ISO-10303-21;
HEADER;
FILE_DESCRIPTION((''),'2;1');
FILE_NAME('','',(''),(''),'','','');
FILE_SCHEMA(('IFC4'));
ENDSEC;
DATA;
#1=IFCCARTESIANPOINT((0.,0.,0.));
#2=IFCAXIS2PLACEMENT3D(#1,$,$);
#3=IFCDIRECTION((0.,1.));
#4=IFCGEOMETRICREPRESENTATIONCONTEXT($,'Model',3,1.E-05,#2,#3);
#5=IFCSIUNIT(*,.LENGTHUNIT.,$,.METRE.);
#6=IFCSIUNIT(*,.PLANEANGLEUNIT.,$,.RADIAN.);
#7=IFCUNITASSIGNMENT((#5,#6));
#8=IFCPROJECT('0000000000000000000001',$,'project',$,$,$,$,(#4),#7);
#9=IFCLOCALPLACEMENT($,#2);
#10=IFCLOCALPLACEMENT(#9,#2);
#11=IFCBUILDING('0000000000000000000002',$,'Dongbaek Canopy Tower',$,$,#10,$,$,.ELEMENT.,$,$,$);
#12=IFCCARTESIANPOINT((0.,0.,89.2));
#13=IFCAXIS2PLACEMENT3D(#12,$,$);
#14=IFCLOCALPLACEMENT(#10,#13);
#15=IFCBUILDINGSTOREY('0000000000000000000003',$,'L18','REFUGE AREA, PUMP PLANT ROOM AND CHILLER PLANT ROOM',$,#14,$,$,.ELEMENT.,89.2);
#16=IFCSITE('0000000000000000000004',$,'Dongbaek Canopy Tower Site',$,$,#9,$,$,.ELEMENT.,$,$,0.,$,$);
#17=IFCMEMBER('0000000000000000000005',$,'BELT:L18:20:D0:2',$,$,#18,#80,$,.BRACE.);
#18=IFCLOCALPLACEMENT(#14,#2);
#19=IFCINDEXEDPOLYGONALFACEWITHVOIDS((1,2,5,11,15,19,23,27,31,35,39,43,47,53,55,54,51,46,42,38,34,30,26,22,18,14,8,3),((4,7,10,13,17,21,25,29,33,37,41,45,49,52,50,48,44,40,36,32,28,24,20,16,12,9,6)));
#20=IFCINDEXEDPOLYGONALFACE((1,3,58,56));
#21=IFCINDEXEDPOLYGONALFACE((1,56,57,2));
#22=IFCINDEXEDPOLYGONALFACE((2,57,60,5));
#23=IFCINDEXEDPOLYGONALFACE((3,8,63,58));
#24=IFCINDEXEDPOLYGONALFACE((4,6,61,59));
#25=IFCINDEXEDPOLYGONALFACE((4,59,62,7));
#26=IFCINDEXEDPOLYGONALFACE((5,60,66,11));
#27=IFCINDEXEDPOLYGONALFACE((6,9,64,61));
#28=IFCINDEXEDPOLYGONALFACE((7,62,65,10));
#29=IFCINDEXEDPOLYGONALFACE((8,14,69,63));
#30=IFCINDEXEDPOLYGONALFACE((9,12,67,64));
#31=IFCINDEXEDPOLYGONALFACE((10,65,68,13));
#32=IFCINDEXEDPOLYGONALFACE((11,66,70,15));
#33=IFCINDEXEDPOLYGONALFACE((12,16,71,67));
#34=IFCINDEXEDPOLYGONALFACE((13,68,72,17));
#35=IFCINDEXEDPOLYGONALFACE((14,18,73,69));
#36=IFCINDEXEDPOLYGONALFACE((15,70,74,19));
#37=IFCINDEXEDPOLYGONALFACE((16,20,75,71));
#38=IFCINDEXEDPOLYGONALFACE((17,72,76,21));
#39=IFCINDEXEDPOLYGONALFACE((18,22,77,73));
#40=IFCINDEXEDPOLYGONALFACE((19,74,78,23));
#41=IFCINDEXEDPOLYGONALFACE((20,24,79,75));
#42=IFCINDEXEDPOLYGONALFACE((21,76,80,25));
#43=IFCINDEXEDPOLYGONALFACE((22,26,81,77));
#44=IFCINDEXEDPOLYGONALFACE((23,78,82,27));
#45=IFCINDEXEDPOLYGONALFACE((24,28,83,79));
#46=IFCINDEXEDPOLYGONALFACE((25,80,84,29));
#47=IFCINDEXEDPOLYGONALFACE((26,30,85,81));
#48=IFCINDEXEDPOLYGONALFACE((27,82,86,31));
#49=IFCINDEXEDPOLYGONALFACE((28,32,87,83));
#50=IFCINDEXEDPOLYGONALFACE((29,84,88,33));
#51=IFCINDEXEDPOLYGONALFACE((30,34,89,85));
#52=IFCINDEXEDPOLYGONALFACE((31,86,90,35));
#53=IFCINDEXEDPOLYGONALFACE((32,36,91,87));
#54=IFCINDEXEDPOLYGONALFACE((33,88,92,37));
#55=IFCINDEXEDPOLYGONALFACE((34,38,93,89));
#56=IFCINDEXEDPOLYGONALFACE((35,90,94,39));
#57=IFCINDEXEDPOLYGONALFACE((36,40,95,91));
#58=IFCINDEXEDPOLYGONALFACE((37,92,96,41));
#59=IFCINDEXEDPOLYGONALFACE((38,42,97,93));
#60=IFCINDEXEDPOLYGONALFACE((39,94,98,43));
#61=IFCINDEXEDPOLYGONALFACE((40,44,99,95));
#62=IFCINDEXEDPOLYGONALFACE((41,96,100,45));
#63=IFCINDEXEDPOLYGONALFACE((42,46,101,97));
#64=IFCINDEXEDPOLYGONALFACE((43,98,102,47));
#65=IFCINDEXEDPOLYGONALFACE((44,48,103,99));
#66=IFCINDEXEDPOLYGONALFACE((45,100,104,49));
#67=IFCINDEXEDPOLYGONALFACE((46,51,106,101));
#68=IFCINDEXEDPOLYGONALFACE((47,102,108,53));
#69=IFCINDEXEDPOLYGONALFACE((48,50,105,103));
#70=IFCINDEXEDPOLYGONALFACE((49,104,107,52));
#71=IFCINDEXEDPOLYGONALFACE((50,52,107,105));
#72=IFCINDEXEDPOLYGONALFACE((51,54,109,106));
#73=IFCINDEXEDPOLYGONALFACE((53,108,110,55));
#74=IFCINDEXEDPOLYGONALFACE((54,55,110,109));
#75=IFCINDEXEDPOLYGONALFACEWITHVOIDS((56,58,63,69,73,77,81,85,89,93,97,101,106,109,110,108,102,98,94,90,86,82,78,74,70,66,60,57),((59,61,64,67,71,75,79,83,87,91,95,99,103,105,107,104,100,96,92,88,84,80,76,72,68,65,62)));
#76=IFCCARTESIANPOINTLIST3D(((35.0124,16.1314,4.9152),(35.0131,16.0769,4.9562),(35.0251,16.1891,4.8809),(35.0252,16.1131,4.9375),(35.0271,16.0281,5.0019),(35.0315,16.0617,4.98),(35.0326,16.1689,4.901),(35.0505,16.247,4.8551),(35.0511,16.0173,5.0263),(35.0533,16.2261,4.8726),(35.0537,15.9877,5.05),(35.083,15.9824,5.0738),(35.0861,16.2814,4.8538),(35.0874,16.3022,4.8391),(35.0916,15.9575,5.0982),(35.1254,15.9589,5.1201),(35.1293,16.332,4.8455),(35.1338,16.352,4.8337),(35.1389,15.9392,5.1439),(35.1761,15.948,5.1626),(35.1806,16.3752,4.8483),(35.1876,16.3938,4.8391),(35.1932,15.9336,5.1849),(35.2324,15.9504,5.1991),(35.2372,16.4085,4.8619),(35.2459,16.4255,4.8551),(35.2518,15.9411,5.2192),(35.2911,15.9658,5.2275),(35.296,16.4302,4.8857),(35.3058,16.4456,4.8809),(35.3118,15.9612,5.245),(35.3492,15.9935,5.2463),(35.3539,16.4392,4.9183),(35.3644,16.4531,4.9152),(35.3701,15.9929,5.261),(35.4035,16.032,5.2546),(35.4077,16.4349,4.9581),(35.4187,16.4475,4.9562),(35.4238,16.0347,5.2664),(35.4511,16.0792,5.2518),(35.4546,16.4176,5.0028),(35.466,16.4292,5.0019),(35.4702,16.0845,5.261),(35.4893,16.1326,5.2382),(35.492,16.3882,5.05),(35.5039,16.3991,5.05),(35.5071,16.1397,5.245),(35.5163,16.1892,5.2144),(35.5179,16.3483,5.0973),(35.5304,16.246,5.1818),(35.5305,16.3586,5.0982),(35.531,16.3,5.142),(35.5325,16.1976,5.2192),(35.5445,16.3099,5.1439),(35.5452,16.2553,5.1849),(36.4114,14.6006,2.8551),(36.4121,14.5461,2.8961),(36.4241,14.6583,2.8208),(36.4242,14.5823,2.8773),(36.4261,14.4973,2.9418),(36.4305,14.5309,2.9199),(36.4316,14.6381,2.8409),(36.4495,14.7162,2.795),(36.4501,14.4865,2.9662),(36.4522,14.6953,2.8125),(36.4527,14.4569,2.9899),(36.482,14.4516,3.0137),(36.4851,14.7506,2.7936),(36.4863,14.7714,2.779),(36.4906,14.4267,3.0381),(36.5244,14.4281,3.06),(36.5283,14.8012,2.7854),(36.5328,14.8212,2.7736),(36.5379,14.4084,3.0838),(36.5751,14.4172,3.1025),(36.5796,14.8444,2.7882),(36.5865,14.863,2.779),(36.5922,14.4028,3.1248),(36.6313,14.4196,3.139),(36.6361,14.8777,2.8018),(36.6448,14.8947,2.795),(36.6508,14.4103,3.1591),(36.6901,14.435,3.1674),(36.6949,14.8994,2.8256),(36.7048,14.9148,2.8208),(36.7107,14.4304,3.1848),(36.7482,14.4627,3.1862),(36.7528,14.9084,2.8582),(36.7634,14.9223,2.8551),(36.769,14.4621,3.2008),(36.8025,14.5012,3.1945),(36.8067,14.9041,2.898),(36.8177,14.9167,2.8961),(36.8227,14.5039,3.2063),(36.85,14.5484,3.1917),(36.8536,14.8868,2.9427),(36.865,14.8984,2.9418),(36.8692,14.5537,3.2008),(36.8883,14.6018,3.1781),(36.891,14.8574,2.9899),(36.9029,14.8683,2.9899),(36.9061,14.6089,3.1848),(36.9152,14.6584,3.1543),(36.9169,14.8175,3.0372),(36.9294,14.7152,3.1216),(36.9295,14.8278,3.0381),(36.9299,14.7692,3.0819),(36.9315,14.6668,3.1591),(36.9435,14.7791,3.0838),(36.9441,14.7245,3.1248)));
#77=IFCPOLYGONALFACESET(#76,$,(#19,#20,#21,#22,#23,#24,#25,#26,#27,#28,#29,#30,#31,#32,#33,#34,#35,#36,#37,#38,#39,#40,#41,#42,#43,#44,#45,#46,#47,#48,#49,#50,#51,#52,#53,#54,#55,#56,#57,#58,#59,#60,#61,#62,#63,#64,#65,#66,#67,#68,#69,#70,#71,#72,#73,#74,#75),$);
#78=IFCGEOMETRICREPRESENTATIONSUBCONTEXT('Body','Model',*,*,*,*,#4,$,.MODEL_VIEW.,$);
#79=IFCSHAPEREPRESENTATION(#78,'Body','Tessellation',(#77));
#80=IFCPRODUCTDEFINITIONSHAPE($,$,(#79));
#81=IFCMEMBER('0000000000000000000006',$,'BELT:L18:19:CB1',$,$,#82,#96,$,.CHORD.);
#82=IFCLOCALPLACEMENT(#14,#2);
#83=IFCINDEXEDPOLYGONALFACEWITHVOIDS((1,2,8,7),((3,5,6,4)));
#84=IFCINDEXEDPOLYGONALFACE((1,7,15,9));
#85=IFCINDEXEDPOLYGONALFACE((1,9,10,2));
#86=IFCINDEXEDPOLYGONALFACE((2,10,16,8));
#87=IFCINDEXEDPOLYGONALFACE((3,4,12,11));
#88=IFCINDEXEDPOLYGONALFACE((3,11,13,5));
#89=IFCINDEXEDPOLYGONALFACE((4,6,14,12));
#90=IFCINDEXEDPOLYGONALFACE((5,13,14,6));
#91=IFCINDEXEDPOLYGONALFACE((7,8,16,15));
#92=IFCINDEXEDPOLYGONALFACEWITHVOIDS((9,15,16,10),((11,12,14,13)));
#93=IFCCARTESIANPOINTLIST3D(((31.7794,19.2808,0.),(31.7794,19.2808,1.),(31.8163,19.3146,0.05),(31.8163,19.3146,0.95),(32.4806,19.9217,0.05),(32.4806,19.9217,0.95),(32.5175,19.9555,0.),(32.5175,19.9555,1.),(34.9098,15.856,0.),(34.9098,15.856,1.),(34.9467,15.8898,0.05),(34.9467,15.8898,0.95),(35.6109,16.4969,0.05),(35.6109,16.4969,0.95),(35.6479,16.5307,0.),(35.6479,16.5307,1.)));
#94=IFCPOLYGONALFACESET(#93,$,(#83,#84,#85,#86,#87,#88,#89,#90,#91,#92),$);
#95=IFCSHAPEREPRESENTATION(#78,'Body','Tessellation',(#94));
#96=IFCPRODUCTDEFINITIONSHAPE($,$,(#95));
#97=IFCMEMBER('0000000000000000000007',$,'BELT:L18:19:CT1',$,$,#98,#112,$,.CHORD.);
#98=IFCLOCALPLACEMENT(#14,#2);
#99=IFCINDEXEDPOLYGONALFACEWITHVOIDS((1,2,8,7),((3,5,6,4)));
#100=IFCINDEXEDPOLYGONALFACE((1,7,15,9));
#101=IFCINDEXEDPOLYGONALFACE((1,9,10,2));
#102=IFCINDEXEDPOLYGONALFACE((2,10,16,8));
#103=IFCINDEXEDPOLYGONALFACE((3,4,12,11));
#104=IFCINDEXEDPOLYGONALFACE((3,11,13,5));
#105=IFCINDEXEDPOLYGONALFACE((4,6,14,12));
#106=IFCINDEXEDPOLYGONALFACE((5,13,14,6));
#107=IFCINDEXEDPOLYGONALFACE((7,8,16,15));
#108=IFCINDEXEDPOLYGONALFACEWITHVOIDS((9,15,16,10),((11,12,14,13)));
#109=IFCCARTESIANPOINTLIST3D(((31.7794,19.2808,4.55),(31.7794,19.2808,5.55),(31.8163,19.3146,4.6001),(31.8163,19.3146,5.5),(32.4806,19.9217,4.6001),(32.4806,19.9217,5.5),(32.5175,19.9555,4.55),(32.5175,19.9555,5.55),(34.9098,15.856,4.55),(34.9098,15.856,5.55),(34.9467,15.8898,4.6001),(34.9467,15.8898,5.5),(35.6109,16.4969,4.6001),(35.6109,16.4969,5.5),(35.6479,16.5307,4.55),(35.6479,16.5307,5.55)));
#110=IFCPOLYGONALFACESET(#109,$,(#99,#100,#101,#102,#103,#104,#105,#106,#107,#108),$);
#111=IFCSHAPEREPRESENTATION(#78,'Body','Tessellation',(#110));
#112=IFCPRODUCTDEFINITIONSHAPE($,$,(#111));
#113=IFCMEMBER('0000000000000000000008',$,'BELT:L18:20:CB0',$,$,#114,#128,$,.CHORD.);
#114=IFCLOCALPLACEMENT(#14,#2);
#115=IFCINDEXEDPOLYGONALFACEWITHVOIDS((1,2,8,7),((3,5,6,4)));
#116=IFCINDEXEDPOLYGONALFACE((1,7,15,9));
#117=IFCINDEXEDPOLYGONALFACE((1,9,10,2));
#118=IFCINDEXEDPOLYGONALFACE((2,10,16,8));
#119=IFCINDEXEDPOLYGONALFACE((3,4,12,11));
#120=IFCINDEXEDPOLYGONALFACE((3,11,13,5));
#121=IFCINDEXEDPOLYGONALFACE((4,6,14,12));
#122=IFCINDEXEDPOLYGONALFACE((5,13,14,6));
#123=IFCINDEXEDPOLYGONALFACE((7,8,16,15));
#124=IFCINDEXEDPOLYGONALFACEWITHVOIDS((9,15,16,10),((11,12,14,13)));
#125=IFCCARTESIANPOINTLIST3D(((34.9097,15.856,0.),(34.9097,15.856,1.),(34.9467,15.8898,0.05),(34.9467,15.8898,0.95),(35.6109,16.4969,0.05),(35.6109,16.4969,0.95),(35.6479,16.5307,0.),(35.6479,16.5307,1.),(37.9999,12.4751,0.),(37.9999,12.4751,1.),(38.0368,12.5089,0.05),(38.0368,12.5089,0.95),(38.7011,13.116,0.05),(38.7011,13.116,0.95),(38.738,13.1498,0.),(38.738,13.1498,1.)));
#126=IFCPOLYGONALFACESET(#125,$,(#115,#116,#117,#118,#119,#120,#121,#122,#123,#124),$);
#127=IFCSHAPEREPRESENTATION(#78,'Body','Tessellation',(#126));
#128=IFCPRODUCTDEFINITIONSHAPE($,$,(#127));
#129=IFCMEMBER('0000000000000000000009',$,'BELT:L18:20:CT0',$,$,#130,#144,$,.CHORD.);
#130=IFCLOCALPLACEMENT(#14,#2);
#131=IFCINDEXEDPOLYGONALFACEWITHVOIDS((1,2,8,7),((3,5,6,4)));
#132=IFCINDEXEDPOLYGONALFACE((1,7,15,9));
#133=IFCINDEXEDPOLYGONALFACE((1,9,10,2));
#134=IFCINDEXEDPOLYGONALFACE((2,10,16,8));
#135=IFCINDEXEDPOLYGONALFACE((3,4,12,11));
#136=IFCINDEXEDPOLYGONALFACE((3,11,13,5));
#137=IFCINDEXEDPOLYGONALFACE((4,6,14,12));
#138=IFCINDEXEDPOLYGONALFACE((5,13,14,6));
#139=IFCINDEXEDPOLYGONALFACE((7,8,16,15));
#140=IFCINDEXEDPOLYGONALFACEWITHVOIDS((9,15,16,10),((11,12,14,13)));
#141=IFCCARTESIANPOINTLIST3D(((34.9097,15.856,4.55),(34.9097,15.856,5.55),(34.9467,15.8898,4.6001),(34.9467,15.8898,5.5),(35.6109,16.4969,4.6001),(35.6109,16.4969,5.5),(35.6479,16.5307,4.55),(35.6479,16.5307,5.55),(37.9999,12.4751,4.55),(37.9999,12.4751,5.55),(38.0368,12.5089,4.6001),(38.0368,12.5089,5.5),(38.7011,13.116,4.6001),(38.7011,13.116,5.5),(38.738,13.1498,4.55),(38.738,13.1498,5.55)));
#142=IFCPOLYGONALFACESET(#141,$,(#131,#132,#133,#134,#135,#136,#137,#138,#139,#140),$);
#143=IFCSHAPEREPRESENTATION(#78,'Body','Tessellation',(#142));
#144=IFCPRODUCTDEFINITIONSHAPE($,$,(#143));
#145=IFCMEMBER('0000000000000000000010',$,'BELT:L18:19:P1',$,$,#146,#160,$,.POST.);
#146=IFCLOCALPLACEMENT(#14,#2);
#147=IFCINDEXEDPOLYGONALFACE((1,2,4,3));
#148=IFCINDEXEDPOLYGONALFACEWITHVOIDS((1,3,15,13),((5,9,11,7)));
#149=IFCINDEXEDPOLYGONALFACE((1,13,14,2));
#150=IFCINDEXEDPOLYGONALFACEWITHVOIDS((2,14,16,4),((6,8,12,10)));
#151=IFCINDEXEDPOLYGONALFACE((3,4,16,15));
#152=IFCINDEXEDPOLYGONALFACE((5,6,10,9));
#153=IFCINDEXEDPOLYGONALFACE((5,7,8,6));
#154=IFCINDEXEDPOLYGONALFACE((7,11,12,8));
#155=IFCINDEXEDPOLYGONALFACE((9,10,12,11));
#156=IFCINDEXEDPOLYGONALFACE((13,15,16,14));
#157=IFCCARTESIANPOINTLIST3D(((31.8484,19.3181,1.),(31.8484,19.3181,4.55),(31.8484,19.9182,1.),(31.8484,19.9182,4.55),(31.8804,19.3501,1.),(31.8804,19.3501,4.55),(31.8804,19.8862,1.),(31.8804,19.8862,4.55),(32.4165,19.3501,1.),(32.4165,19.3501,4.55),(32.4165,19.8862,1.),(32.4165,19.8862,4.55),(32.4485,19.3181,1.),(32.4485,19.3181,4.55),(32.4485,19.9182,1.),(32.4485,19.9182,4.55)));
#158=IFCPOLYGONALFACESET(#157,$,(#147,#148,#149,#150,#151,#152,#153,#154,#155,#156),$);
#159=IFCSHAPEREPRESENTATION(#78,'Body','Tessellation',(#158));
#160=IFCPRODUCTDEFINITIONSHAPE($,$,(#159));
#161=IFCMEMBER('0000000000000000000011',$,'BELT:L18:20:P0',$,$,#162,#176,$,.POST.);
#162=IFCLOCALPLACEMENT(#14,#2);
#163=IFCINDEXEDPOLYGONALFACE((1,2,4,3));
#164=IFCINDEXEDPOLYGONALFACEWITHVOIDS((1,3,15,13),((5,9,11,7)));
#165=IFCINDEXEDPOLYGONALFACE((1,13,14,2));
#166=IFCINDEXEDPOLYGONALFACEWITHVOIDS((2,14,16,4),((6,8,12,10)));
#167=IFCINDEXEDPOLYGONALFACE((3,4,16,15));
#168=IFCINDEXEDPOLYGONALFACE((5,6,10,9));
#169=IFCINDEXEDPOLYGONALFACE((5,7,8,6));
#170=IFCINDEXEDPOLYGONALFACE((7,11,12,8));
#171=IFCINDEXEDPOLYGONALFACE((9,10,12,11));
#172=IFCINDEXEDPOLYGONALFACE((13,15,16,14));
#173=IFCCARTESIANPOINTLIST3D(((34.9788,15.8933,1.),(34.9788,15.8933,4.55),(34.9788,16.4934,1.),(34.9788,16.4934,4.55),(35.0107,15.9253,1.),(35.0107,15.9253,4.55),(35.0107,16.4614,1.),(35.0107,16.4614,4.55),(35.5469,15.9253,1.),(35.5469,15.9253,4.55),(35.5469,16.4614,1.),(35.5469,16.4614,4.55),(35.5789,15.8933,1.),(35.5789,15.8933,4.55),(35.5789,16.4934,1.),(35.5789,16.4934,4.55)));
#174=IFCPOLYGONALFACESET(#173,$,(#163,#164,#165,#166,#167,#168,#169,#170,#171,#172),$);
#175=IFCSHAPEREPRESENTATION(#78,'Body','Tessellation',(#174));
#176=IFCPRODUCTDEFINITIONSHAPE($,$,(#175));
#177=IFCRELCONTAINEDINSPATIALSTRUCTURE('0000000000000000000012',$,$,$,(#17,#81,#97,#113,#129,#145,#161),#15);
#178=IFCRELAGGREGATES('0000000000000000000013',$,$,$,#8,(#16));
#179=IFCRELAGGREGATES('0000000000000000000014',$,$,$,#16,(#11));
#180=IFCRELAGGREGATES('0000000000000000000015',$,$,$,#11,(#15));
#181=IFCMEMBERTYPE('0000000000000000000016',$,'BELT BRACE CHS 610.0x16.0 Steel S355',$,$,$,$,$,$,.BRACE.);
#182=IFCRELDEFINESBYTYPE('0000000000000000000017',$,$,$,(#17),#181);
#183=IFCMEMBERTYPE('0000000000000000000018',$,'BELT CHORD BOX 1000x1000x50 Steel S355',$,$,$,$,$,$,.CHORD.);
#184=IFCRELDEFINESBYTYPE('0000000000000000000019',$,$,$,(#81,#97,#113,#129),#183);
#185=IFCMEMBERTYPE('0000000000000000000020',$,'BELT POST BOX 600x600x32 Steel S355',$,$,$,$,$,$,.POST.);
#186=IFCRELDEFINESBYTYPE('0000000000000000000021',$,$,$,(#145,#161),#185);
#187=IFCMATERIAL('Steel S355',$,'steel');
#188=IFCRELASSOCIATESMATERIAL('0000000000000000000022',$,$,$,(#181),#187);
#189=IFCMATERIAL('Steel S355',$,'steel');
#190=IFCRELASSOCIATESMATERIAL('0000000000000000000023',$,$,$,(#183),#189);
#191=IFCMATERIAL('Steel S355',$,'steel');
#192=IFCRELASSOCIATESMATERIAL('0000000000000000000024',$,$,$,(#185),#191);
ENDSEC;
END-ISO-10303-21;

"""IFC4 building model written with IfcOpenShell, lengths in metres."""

from ifc_helpers import new_model, si_unit, direction, frame, origin, origin_2d, place, context, subcontext, project, spatial, hollow_rectangle, hollow_circle, extrude, material, material_profile, profile_set, type_object, element, save


model = new_model("IFC4")

# Units and contexts
model_context = context("Model", 3, precision=1e-05, world=origin(), true_north=direction((0.0, 1.0)))
body_context = subcontext(model_context, "Body", "Model", "MODEL_VIEW")
ifc_project = project(units=[si_unit("LENGTHUNIT", "METRE"), si_unit("PLANEANGLEUNIT", "RADIAN")], contexts=[model_context])

# Site, building, storey
site_placement = place(None, origin())
site = spatial("IfcSite", under=ifc_project, at=site_placement, Name="Dongbaek Canopy Tower Site", CompositionType="ELEMENT", RefElevation=0.0)
building_placement = place(site_placement, origin())
building = spatial("IfcBuilding", under=site, at=building_placement, Name="Dongbaek Canopy Tower", CompositionType="ELEMENT")
storey_placement = place(building_placement, frame((0.0, 0.0, 89.2)))
storey = spatial("IfcBuildingStorey", under=building, at=storey_placement, Name="L18", Description="REFUGE AREA, PUMP PLANT ROOM AND CHILLER PLANT ROOM", CompositionType="ELEMENT", Elevation=89.2)

# Members
ifc_material_1 = material(Name="Steel S355", Category="steel")
ifc_material_profile_1 = material_profile(ifc_material_1, hollow_circle(Radius=0.3049, WallThickness=0.0161, at=origin_2d()), Name="BELT BRACE CHS 610.0x16.0 Steel S355")
ifc_profile_set_1 = profile_set([ifc_material_profile_1], Name="Steel S355")
member_type_1 = type_object("IfcMemberType", Name="BELT BRACE CHS 610.0x16.0 Steel S355", PredefinedType="BRACE", material=ifc_profile_set_1)
member_1_placement = place(storey_placement, frame((35.2788, 16.1934, 5.05), z_axis=(0.478589, -0.523691, -0.70477), x_axis=(0.73818, 0.674604, 0.0)))
element("IfcMember", 1, at=member_1_placement, inside=storey, type_object=member_type_1, Name="BELT:L18:20:D0:2", PredefinedType="BRACE", context=body_context, shape_type="SweptSolid", body=[
    extrude(hollow_circle(Radius=0.3049, WallThickness=0.0161, at=origin_2d()), origin(), (0.0, 0.0, 1.0), 2.9231),
])
ifc_material_2 = material(Name="Steel S355", Category="steel")
ifc_material_profile_2 = material_profile(ifc_material_2, hollow_rectangle(XDim=1.0, YDim=1.0, WallThickness=0.05, at=origin_2d()), Name="BELT CHORD BOX 1000x1000x50 Steel S355")
ifc_profile_set_2 = profile_set([ifc_material_profile_2], Name="Steel S355")
member_type_2 = type_object("IfcMemberType", Name="BELT CHORD BOX 1000x1000x50 Steel S355", PredefinedType="CHORD", material=ifc_profile_set_2)
for number, where, z_axis, x_axis, name in (
    (2, (32.1484, 19.6182, 0.5), (0.674666, -0.738123, 0.0), (0.738123, 0.674666, 0.0), "BELT:L18:19:CB1"),
    (3, (32.1484, 19.6182, 5.05), (0.674666, -0.738123, 0.0), (0.738123, 0.674666, 0.0), "BELT:L18:19:CT1"),
):
    element("IfcMember", number, at=place(storey_placement, frame(where, z_axis=z_axis, x_axis=x_axis)), inside=storey, type_object=member_type_2, Name=name, PredefinedType="CHORD", context=body_context, shape_type="SweptSolid", body=[
        extrude(hollow_rectangle(XDim=1.0, YDim=1.0, WallThickness=0.05, at=origin_2d()), origin(), (0.0, 0.0, 1.0), 4.6399),
    ])
for number, where, z_axis, x_axis, name in (
    (4, (35.2788, 16.1934, 0.5), (0.674652, -0.738136, 0.0), (0.738136, 0.674652, 0.0), "BELT:L18:20:CB0"),
    (5, (35.2788, 16.1934, 5.05), (0.674652, -0.738136, 0.0), (0.738136, 0.674652, 0.0), "BELT:L18:20:CT0"),
):
    element("IfcMember", number, at=place(storey_placement, frame(where, z_axis=z_axis, x_axis=x_axis)), inside=storey, type_object=member_type_2, Name=name, PredefinedType="CHORD", context=body_context, shape_type="SweptSolid", body=[
        extrude(hollow_rectangle(XDim=1.0, YDim=1.0, WallThickness=0.05, at=origin_2d()), origin(), (0.0, 0.0, 1.0), 4.5803),
    ])
ifc_material_3 = material(Name="Steel S355", Category="steel")
ifc_material_profile_3 = material_profile(ifc_material_3, hollow_rectangle(XDim=0.6001, YDim=0.6001, WallThickness=0.032, at=origin_2d()), Name="BELT POST BOX 600x600x32 Steel S355")
ifc_profile_set_3 = profile_set([ifc_material_profile_3], Name="Steel S355")
member_type_3 = type_object("IfcMemberType", Name="BELT POST BOX 600x600x32 Steel S355", PredefinedType="POST", material=ifc_profile_set_3)
for number, where, z_axis, x_axis, name in (
    (6, (32.1484, 19.6182, 1.0), (0.0, 0.0, 1.0), (1.0, 0.0, 0.0), "BELT:L18:19:P1"),
    (7, (35.2788, 16.1934, 1.0), (0.0, 0.0, 1.0), (1.0, 0.0, 0.0), "BELT:L18:20:P0"),
):
    element("IfcMember", number, at=place(storey_placement, frame(where, z_axis=z_axis, x_axis=x_axis)), inside=storey, type_object=member_type_3, Name=name, PredefinedType="POST", context=body_context, shape_type="SweptSolid", body=[
        extrude(hollow_rectangle(XDim=0.6001, YDim=0.6001, WallThickness=0.032, at=origin_2d()), origin(), (0.0, 0.0, 1.0), 3.55),
    ])

save(model, "model.ifc")
